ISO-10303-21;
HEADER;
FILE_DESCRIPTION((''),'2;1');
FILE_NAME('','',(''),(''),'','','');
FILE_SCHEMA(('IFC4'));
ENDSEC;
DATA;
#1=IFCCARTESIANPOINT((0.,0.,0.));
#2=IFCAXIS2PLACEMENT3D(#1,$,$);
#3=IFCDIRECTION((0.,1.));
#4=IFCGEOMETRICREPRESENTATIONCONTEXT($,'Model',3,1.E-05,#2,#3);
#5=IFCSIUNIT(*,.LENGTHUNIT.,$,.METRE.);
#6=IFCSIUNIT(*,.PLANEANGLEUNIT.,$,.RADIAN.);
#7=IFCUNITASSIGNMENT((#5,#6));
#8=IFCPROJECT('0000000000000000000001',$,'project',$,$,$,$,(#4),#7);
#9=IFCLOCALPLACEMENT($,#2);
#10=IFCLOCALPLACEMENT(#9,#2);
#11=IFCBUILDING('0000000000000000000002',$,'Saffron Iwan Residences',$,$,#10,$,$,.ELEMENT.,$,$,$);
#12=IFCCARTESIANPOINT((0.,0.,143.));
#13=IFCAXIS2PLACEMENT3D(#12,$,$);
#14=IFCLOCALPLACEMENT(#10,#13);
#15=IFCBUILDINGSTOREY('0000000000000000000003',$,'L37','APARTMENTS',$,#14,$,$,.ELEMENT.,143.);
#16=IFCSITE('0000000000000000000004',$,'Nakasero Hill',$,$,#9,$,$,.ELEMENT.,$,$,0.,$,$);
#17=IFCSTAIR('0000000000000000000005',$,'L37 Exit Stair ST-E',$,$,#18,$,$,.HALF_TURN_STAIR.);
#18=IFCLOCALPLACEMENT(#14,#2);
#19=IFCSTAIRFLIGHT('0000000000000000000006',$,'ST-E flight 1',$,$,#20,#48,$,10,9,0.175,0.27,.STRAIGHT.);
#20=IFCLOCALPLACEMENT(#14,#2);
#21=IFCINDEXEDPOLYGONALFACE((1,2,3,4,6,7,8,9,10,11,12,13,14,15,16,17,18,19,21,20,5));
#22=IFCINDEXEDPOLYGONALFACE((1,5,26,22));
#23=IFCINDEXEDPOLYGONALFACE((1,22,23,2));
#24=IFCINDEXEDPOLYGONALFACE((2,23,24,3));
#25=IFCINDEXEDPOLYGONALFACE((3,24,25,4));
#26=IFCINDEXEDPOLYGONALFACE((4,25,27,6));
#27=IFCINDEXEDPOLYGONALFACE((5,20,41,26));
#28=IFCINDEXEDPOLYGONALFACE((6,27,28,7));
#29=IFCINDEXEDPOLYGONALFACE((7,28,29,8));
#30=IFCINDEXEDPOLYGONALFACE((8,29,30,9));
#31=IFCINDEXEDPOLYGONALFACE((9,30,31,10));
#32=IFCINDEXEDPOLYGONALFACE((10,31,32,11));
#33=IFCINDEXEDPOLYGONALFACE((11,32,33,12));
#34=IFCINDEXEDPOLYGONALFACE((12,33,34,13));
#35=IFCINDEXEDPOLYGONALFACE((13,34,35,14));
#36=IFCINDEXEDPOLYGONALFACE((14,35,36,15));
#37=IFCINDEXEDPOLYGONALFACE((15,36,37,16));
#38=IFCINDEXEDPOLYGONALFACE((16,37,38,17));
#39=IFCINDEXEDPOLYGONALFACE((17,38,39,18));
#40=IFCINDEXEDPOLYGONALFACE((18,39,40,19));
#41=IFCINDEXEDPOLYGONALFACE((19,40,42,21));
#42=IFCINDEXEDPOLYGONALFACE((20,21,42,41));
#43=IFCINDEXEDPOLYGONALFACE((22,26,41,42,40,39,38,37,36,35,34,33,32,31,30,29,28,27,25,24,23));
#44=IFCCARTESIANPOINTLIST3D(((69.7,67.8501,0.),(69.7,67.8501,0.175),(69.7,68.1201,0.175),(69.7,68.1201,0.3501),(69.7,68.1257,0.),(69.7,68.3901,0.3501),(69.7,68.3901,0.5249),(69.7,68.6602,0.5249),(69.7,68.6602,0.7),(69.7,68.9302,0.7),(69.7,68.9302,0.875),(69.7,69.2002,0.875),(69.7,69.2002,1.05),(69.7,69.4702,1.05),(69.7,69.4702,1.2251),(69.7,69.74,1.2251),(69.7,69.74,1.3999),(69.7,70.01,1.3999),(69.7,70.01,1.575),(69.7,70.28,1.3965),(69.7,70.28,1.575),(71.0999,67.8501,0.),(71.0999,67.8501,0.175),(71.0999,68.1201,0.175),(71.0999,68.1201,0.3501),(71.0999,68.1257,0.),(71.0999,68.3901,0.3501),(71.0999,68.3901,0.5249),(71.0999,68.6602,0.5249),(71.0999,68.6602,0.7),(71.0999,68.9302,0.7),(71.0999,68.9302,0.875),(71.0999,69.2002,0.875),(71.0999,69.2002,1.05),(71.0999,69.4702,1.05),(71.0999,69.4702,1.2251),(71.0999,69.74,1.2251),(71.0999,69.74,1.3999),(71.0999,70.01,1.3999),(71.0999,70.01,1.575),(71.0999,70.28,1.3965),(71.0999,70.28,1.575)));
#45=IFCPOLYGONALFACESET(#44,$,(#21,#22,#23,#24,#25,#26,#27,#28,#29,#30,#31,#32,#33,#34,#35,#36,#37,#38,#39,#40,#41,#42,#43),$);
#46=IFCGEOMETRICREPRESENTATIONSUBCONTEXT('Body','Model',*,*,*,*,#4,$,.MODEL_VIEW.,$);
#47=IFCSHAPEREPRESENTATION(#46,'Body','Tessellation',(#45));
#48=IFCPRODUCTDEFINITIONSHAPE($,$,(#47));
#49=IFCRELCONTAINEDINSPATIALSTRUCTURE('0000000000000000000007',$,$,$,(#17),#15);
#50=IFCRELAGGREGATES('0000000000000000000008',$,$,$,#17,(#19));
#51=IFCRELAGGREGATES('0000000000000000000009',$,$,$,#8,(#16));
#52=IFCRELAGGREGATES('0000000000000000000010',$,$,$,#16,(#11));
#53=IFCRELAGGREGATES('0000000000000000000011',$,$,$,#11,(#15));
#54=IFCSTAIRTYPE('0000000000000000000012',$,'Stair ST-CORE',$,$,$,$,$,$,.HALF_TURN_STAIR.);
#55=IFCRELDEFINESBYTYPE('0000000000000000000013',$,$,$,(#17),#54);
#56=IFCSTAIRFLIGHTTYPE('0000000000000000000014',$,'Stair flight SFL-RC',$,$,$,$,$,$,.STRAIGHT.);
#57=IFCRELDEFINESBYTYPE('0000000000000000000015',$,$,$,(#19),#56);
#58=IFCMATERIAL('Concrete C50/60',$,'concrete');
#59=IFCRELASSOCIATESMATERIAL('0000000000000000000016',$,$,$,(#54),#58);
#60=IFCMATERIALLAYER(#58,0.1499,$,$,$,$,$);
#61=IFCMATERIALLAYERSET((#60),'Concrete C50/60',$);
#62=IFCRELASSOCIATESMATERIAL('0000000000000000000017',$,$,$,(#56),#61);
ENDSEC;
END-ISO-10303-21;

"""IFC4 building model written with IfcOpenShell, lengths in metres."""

from ifc_helpers import new_model, si_unit, direction, frame, origin, place, context, subcontext, project, spatial, polyline, outline, extrude, material, layer, layer_set, type_object, element, aggregate, save


model = new_model("IFC4")

# Units and contexts
model_context = context("Model", 3, precision=1e-05, world=origin(), true_north=direction((0.0, 1.0)))
body_context = subcontext(model_context, "Body", "Model", "MODEL_VIEW")
ifc_project = project(units=[si_unit("LENGTHUNIT", "METRE"), si_unit("PLANEANGLEUNIT", "RADIAN")], contexts=[model_context])

# Site, building, storey
site_placement = place(None, origin())
site = spatial("IfcSite", under=ifc_project, at=site_placement, Name="Nakasero Hill", CompositionType="ELEMENT", RefElevation=0.0)
building_placement = place(site_placement, origin())
building = spatial("IfcBuilding", under=site, at=building_placement, Name="Saffron Iwan Residences", CompositionType="ELEMENT")
storey_placement = place(building_placement, frame((0.0, 0.0, 143.0)))
storey = spatial("IfcBuildingStorey", under=building, at=storey_placement, Name="L37", Description="APARTMENTS", CompositionType="ELEMENT", Elevation=143.0)

# Shared definitions
ifc_material_1 = material(Name="Concrete C50/60", Category="concrete")

# Stair, stair flight
stair_type = type_object("IfcStairType", Name="Stair ST-CORE", PredefinedType="HALF_TURN_STAIR", material=ifc_material_1)
stair_placement = place(storey_placement, origin())
stair = element("IfcStair", 1, at=stair_placement, inside=storey, type_object=stair_type, Name="L37 Exit Stair ST-E", PredefinedType="HALF_TURN_STAIR")
ifc_layer_1 = layer(ifc_material_1, 0.1499)
ifc_layer_set_1 = layer_set([ifc_layer_1], Name="Concrete C50/60")
stair_flight_type = type_object("IfcStairFlightType", Name="Stair flight SFL-RC", PredefinedType="STRAIGHT", material=ifc_layer_set_1)
stair_flight_placement = place(storey_placement, frame((70.3999, 67.8501, 0.0), z_axis=(0.0, 0.0, 1.0), x_axis=(0.0, 1.0, 0.0)))
stair_flight = element("IfcStairFlight", 2, at=stair_flight_placement, type_object=stair_flight_type, Name="ST-E flight 1", NumberOfRisers=10, NumberOfTreads=9, PredefinedType="STRAIGHT", RiserHeight=0.175, TreadLength=0.27, context=body_context, shape_type="SweptSolid", body=[
    extrude(outline(polyline([(0.0, 0.0), (0.0, 0.175), (0.27, 0.175), (0.27, 0.3501), (0.54, 0.3501), (0.54, 0.5249), (0.8101, 0.5249), (0.8101, 0.7), (1.0801, 0.7), (1.0801, 0.875), (1.3501, 0.875), (1.3501, 1.05), (1.6201, 1.05), (1.6201, 1.2251), (1.8899, 1.2251), (1.8899, 1.3999), (2.1599, 1.3999), (2.1599, 1.575), (2.4299, 1.575), (2.4299, 1.75), (2.4299, 1.3965), (0.2756, 0.0), (0.0, 0.0)])), frame((0.0, 0.7, 0.0), z_axis=(0.0, -1.0, 0.0), x_axis=(1.0, 0.0, 0.0)), (0.0, 0.0, 1.0), 1.3999),
])
aggregate(stair, [stair_flight])

save(model, "model.ifc")
